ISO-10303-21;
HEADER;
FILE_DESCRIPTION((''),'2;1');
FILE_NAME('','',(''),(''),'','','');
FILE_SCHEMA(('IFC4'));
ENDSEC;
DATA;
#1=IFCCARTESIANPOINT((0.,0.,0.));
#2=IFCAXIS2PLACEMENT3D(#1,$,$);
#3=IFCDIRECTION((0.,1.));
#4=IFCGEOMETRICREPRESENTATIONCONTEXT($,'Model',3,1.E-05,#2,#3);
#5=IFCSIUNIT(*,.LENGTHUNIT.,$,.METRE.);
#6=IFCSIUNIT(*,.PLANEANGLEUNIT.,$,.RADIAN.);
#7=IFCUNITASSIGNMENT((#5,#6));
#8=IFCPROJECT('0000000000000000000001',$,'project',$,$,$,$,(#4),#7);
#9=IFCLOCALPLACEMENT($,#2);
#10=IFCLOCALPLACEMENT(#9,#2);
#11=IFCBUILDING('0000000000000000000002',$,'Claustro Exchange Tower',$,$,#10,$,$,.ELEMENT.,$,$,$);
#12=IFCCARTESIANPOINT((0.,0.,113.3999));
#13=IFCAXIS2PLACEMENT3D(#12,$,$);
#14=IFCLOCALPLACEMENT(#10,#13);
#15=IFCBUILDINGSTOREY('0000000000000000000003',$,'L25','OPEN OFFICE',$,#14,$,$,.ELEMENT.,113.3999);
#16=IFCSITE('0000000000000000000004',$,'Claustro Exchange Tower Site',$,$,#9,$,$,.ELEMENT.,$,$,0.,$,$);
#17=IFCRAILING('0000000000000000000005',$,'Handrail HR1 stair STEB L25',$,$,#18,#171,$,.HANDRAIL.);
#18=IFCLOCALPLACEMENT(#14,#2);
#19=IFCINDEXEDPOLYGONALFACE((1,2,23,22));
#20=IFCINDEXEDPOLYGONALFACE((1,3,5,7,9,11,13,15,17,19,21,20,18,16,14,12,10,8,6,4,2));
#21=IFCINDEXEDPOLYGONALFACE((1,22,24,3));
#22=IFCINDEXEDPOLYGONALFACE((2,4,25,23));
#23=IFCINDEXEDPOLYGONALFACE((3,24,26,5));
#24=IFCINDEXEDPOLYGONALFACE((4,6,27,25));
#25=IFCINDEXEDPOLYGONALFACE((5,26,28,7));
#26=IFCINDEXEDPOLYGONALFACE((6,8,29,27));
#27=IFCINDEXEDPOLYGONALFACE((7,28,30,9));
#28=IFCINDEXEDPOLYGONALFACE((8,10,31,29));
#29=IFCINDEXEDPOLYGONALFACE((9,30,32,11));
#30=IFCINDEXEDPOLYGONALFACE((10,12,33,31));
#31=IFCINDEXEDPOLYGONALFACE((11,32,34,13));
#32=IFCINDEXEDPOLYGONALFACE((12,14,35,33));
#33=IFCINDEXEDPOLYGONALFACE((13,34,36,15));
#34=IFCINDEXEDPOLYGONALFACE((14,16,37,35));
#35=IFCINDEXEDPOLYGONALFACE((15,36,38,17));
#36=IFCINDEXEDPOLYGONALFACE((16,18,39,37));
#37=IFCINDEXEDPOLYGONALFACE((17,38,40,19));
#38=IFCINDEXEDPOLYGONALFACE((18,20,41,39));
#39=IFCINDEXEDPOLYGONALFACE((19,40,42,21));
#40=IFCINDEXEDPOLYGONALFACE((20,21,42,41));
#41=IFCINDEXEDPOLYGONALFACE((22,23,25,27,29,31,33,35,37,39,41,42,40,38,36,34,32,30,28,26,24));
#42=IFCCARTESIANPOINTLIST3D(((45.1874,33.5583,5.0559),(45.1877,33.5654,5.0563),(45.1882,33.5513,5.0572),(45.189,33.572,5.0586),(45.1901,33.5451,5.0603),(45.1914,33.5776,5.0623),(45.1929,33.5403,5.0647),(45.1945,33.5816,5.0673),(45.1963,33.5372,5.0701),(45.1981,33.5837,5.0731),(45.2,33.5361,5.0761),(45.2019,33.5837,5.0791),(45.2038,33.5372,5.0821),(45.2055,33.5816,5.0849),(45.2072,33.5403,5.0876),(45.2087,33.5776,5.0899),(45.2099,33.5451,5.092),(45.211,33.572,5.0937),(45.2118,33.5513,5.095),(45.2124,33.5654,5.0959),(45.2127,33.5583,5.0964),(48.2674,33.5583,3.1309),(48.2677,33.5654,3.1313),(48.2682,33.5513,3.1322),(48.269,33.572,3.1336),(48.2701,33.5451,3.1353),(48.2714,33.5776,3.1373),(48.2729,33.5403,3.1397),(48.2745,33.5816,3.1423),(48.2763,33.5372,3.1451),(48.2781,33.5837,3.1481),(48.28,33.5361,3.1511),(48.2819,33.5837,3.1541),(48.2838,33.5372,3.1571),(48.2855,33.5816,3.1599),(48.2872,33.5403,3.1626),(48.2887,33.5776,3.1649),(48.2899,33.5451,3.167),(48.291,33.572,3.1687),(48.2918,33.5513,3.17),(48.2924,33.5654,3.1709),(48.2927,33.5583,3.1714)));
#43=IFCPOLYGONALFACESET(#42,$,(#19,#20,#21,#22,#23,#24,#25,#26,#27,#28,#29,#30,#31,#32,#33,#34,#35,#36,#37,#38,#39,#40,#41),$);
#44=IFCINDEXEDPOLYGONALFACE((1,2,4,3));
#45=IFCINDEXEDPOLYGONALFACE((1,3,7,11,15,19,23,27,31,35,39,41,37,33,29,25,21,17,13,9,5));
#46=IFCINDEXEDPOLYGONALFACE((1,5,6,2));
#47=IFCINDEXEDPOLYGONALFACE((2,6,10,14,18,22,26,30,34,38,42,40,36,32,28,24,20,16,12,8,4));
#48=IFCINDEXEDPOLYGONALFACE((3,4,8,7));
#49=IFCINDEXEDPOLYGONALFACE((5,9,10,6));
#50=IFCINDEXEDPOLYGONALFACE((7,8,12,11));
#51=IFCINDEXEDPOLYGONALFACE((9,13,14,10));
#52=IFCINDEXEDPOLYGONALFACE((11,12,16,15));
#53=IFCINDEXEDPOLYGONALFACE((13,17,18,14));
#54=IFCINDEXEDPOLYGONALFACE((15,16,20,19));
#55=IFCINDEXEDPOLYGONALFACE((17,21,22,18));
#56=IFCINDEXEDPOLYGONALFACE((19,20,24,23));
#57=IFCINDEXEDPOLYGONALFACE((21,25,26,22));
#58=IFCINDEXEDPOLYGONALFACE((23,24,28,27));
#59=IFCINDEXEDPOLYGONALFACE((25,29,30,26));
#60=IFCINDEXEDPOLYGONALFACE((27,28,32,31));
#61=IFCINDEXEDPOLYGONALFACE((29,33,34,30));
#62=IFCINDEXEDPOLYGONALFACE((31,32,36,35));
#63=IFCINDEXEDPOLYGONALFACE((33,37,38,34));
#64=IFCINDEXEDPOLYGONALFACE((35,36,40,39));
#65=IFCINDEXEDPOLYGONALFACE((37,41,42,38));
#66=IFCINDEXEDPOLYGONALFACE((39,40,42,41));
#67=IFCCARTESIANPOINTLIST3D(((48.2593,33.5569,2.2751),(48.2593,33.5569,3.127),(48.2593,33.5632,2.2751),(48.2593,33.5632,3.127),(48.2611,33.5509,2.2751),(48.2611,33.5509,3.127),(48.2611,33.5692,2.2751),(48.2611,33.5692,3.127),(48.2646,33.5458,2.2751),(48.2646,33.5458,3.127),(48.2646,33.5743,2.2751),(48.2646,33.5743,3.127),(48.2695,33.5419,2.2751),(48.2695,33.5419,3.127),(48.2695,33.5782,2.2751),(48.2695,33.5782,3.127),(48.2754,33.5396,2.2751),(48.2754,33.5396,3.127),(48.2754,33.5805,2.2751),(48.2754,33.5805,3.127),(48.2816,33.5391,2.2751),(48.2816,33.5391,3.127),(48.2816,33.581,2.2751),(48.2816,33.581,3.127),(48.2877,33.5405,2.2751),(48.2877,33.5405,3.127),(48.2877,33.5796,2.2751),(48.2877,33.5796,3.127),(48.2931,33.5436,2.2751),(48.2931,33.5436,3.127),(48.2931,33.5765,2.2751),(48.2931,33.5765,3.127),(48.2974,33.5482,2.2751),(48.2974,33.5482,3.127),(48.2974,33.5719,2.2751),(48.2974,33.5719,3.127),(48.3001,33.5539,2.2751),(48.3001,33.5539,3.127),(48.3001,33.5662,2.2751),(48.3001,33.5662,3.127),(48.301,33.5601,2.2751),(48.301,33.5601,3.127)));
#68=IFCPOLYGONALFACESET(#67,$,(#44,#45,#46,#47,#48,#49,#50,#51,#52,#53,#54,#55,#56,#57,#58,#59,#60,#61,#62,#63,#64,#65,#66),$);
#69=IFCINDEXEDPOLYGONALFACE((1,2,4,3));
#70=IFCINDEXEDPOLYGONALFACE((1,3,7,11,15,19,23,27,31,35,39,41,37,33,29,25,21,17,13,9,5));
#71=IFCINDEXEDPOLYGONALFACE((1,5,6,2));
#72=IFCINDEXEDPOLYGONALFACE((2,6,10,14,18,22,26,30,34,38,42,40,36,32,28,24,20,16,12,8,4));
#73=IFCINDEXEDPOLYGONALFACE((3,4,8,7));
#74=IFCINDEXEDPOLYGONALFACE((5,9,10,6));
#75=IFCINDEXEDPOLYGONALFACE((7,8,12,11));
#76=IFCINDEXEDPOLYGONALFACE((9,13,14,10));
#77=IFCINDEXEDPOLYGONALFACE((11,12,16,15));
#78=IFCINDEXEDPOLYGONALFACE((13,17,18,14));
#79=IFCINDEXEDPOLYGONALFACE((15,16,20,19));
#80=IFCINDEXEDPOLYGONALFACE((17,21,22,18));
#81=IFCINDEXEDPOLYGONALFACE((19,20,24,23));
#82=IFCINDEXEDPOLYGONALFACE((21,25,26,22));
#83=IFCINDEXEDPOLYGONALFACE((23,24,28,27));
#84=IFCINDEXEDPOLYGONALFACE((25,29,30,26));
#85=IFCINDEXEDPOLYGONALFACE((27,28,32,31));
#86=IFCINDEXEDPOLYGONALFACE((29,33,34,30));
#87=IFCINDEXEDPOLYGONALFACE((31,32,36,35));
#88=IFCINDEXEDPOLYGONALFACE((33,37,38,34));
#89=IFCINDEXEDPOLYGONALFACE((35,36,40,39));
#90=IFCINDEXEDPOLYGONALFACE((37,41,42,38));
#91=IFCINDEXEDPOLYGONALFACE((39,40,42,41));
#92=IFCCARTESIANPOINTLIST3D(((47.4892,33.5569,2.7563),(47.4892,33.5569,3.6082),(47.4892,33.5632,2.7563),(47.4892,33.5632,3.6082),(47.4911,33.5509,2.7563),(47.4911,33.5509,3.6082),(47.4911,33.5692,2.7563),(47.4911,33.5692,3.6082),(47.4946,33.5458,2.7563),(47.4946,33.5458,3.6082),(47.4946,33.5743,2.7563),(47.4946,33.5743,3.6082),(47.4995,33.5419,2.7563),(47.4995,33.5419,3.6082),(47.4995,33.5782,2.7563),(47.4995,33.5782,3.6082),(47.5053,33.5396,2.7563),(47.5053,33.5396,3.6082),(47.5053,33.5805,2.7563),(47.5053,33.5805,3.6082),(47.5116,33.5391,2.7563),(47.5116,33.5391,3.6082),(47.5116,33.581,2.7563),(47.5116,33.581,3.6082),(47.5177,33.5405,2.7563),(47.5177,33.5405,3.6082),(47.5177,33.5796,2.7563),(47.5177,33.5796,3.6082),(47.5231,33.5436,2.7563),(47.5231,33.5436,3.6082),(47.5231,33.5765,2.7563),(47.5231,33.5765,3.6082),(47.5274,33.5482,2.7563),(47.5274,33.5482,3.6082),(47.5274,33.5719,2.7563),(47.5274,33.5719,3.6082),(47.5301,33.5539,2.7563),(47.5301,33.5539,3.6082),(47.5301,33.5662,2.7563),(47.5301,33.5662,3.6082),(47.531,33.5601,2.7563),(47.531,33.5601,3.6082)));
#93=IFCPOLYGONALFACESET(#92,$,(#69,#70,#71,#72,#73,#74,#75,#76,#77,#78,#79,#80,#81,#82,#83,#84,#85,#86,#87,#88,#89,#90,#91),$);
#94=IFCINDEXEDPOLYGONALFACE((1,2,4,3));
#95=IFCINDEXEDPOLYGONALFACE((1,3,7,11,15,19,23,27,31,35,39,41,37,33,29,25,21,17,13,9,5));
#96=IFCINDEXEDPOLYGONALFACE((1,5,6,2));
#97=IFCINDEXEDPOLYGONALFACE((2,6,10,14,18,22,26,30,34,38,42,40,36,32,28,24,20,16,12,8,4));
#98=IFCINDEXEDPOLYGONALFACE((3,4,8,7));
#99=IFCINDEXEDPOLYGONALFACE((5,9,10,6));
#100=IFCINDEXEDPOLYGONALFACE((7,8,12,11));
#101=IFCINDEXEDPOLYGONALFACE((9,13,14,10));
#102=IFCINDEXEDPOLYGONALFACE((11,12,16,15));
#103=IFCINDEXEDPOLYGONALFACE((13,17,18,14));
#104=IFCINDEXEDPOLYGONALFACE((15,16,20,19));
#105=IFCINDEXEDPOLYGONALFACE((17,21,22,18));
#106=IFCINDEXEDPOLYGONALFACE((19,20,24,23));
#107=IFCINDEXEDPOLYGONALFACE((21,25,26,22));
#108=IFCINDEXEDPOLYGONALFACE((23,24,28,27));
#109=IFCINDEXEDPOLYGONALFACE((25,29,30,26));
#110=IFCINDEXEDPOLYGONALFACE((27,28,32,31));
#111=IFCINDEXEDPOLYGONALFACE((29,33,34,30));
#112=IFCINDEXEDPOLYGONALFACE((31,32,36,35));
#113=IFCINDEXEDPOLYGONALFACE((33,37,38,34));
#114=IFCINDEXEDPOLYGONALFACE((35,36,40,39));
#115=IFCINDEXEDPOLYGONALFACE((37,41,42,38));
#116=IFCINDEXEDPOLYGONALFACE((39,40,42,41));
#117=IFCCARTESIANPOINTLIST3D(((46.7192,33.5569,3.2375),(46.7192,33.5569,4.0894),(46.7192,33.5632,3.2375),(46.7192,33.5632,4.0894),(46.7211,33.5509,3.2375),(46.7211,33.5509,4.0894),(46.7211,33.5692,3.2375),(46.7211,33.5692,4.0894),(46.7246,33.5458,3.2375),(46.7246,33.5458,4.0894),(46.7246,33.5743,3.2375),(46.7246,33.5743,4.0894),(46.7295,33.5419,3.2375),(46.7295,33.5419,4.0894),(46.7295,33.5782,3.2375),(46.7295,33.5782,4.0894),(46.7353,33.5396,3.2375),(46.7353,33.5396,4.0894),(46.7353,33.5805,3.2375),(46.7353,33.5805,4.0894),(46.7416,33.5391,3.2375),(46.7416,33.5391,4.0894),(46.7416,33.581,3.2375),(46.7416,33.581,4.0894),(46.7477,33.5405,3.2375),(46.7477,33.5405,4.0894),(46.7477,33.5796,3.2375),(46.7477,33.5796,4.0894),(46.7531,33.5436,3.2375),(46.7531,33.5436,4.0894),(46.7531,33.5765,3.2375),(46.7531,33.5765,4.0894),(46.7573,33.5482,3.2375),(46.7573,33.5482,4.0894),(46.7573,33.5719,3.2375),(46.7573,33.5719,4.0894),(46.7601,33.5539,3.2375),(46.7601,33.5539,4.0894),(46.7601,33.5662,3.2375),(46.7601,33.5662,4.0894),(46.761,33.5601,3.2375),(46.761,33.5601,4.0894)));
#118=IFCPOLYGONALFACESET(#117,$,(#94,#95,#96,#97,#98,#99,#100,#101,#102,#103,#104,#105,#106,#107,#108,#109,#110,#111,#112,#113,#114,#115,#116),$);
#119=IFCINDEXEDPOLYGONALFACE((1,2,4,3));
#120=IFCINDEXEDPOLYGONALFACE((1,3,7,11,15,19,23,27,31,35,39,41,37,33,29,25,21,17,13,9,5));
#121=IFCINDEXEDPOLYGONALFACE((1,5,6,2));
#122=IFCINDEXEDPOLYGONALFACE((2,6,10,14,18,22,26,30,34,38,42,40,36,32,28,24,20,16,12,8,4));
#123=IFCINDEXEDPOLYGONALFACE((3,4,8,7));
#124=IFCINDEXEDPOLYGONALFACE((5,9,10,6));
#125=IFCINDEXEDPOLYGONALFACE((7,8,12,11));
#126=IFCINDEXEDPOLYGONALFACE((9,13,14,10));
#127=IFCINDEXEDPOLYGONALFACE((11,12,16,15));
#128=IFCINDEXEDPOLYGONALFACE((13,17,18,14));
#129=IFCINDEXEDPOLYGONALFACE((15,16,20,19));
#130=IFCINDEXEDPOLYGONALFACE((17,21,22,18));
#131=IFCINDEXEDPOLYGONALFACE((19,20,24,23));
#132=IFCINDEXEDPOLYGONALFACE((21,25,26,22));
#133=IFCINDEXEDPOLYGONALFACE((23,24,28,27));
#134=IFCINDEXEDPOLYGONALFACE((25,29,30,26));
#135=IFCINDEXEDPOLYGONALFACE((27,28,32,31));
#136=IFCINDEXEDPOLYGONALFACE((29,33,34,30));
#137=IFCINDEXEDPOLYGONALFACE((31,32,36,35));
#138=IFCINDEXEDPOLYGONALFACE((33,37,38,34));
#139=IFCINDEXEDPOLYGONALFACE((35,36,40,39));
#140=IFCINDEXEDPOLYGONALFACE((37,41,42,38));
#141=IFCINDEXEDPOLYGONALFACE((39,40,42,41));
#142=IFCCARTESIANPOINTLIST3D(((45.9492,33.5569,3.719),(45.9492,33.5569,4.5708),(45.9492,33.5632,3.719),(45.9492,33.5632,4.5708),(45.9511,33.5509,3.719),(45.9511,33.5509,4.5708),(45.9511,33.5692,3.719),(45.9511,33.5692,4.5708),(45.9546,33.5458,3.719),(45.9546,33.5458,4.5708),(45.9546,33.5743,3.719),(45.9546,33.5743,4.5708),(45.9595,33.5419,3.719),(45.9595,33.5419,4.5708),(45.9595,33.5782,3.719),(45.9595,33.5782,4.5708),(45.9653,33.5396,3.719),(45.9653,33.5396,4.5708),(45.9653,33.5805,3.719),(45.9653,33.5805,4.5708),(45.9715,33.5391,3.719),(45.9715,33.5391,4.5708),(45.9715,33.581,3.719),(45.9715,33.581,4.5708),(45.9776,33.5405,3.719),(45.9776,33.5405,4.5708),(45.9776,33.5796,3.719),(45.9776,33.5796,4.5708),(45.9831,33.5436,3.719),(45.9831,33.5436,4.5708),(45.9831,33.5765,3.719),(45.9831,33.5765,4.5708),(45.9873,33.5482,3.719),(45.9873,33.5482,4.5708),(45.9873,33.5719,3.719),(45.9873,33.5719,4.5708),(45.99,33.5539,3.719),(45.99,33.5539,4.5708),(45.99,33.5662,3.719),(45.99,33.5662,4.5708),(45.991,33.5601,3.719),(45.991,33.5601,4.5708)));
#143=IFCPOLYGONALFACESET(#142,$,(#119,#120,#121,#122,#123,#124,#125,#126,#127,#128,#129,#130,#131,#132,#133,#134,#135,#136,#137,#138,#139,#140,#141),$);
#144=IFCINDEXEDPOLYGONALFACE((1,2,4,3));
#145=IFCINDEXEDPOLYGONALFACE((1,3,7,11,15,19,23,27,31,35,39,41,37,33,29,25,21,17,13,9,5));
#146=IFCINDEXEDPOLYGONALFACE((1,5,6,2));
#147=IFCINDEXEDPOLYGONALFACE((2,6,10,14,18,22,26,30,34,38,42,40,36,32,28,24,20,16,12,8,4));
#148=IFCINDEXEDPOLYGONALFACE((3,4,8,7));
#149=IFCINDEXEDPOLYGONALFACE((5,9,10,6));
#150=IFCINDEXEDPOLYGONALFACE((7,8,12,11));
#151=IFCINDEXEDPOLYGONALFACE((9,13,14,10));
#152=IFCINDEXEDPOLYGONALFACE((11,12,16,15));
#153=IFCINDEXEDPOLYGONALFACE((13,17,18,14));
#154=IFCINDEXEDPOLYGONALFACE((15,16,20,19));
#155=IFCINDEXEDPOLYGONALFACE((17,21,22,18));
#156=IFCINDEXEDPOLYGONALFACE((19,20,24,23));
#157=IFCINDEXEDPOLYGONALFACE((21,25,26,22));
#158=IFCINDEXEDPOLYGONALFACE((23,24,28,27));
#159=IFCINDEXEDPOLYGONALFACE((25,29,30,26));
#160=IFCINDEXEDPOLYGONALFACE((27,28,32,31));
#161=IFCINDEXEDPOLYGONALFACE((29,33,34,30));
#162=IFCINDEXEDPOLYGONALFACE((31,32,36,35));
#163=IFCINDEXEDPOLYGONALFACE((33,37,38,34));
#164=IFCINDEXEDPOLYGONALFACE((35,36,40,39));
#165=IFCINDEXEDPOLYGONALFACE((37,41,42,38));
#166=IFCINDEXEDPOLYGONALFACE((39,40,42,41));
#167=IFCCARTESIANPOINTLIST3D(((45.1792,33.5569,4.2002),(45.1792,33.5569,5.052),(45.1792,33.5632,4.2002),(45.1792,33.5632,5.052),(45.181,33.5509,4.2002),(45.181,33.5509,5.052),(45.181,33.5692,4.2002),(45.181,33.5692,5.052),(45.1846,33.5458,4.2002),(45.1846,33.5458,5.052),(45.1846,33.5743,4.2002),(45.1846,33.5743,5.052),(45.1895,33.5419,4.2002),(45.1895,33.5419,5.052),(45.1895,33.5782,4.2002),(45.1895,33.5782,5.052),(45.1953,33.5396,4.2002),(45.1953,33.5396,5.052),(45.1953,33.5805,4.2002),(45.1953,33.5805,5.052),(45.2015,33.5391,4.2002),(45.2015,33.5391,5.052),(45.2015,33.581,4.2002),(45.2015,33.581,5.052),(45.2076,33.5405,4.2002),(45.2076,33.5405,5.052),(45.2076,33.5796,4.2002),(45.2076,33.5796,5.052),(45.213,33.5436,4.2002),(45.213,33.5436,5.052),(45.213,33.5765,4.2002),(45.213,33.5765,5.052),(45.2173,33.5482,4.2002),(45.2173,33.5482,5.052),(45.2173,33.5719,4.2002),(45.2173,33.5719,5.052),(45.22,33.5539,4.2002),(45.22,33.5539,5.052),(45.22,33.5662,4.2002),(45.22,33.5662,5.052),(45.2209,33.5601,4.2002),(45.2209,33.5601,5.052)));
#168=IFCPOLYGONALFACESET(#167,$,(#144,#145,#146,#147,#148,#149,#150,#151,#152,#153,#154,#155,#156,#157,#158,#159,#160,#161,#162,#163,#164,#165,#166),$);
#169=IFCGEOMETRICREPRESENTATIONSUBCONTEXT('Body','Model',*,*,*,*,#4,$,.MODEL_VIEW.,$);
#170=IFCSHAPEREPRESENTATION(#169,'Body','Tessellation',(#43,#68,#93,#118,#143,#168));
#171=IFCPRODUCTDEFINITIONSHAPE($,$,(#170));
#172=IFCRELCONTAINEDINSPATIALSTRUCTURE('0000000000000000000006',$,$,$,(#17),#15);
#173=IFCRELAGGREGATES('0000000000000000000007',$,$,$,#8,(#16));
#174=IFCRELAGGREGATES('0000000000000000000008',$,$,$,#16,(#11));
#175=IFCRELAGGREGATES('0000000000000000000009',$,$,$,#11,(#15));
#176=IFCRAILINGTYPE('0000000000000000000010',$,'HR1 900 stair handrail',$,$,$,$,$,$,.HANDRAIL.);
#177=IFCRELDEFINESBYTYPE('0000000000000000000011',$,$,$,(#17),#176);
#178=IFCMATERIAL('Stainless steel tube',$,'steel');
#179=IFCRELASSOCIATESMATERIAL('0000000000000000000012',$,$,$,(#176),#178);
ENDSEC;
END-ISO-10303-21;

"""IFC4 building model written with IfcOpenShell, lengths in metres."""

from ifc_helpers import new_model, si_unit, direction, frame, origin, origin_2d, place, context, subcontext, project, spatial, circle, extrude, material, type_object, element, save


model = new_model("IFC4")

# Units and contexts
model_context = context("Model", 3, precision=1e-05, world=origin(), true_north=direction((0.0, 1.0)))
body_context = subcontext(model_context, "Body", "Model", "MODEL_VIEW")
ifc_project = project(units=[si_unit("LENGTHUNIT", "METRE"), si_unit("PLANEANGLEUNIT", "RADIAN")], contexts=[model_context])

# Site, building, storey
site_placement = place(None, origin())
site = spatial("IfcSite", under=ifc_project, at=site_placement, Name="Claustro Exchange Tower Site", CompositionType="ELEMENT", RefElevation=0.0)
building_placement = place(site_placement, origin())
building = spatial("IfcBuilding", under=site, at=building_placement, Name="Claustro Exchange Tower", CompositionType="ELEMENT")
storey_placement = place(building_placement, frame((0.0, 0.0, 113.3999)))
storey = spatial("IfcBuildingStorey", under=building, at=storey_placement, Name="L25", Description="OPEN OFFICE", CompositionType="ELEMENT", Elevation=113.3999)

# Railing
ifc_material_1 = material(Name="Stainless steel tube", Category="steel")
railing_type_1 = type_object("IfcRailingType", Name="HR1 900 stair handrail", PredefinedType="HANDRAIL", material=ifc_material_1)
railing_1_placement = place(storey_placement, frame((48.28, 33.5601, 2.2751)))
element("IfcRailing", 1, at=railing_1_placement, inside=storey, type_object=railing_type_1, Name="Handrail HR1 stair STEB L25", PredefinedType="HANDRAIL", context=body_context, shape_type="SweptSolid", body=[
    extrude(circle(Radius=0.0239, at=origin_2d()), frame((0.0, 0.0, 0.876), z_axis=(-0.847998, 0.0, 0.529999), x_axis=(0.0, -1.0, 0.0)), (0.0, 0.0, 1.0), 3.6321),
    extrude(circle(Radius=0.021, at=origin_2d()), origin(), (0.0, 0.0, 1.0), 0.8518),
    extrude(circle(Radius=0.021, at=origin_2d()), frame((-0.77, 0.0, 0.4812)), (0.0, 0.0, 1.0), 0.8518),
    extrude(circle(Radius=0.021, at=origin_2d()), frame((-1.54, 0.0, 0.9624)), (0.0, 0.0, 1.0), 0.8518),
    extrude(circle(Radius=0.021, at=origin_2d()), frame((-2.3101, 0.0, 1.4438)), (0.0, 0.0, 1.0), 0.8518),
    extrude(circle(Radius=0.021, at=origin_2d()), frame((-3.0801, 0.0, 1.925)), (0.0, 0.0, 1.0), 0.8518),
])

save(model, "model.ifc")
